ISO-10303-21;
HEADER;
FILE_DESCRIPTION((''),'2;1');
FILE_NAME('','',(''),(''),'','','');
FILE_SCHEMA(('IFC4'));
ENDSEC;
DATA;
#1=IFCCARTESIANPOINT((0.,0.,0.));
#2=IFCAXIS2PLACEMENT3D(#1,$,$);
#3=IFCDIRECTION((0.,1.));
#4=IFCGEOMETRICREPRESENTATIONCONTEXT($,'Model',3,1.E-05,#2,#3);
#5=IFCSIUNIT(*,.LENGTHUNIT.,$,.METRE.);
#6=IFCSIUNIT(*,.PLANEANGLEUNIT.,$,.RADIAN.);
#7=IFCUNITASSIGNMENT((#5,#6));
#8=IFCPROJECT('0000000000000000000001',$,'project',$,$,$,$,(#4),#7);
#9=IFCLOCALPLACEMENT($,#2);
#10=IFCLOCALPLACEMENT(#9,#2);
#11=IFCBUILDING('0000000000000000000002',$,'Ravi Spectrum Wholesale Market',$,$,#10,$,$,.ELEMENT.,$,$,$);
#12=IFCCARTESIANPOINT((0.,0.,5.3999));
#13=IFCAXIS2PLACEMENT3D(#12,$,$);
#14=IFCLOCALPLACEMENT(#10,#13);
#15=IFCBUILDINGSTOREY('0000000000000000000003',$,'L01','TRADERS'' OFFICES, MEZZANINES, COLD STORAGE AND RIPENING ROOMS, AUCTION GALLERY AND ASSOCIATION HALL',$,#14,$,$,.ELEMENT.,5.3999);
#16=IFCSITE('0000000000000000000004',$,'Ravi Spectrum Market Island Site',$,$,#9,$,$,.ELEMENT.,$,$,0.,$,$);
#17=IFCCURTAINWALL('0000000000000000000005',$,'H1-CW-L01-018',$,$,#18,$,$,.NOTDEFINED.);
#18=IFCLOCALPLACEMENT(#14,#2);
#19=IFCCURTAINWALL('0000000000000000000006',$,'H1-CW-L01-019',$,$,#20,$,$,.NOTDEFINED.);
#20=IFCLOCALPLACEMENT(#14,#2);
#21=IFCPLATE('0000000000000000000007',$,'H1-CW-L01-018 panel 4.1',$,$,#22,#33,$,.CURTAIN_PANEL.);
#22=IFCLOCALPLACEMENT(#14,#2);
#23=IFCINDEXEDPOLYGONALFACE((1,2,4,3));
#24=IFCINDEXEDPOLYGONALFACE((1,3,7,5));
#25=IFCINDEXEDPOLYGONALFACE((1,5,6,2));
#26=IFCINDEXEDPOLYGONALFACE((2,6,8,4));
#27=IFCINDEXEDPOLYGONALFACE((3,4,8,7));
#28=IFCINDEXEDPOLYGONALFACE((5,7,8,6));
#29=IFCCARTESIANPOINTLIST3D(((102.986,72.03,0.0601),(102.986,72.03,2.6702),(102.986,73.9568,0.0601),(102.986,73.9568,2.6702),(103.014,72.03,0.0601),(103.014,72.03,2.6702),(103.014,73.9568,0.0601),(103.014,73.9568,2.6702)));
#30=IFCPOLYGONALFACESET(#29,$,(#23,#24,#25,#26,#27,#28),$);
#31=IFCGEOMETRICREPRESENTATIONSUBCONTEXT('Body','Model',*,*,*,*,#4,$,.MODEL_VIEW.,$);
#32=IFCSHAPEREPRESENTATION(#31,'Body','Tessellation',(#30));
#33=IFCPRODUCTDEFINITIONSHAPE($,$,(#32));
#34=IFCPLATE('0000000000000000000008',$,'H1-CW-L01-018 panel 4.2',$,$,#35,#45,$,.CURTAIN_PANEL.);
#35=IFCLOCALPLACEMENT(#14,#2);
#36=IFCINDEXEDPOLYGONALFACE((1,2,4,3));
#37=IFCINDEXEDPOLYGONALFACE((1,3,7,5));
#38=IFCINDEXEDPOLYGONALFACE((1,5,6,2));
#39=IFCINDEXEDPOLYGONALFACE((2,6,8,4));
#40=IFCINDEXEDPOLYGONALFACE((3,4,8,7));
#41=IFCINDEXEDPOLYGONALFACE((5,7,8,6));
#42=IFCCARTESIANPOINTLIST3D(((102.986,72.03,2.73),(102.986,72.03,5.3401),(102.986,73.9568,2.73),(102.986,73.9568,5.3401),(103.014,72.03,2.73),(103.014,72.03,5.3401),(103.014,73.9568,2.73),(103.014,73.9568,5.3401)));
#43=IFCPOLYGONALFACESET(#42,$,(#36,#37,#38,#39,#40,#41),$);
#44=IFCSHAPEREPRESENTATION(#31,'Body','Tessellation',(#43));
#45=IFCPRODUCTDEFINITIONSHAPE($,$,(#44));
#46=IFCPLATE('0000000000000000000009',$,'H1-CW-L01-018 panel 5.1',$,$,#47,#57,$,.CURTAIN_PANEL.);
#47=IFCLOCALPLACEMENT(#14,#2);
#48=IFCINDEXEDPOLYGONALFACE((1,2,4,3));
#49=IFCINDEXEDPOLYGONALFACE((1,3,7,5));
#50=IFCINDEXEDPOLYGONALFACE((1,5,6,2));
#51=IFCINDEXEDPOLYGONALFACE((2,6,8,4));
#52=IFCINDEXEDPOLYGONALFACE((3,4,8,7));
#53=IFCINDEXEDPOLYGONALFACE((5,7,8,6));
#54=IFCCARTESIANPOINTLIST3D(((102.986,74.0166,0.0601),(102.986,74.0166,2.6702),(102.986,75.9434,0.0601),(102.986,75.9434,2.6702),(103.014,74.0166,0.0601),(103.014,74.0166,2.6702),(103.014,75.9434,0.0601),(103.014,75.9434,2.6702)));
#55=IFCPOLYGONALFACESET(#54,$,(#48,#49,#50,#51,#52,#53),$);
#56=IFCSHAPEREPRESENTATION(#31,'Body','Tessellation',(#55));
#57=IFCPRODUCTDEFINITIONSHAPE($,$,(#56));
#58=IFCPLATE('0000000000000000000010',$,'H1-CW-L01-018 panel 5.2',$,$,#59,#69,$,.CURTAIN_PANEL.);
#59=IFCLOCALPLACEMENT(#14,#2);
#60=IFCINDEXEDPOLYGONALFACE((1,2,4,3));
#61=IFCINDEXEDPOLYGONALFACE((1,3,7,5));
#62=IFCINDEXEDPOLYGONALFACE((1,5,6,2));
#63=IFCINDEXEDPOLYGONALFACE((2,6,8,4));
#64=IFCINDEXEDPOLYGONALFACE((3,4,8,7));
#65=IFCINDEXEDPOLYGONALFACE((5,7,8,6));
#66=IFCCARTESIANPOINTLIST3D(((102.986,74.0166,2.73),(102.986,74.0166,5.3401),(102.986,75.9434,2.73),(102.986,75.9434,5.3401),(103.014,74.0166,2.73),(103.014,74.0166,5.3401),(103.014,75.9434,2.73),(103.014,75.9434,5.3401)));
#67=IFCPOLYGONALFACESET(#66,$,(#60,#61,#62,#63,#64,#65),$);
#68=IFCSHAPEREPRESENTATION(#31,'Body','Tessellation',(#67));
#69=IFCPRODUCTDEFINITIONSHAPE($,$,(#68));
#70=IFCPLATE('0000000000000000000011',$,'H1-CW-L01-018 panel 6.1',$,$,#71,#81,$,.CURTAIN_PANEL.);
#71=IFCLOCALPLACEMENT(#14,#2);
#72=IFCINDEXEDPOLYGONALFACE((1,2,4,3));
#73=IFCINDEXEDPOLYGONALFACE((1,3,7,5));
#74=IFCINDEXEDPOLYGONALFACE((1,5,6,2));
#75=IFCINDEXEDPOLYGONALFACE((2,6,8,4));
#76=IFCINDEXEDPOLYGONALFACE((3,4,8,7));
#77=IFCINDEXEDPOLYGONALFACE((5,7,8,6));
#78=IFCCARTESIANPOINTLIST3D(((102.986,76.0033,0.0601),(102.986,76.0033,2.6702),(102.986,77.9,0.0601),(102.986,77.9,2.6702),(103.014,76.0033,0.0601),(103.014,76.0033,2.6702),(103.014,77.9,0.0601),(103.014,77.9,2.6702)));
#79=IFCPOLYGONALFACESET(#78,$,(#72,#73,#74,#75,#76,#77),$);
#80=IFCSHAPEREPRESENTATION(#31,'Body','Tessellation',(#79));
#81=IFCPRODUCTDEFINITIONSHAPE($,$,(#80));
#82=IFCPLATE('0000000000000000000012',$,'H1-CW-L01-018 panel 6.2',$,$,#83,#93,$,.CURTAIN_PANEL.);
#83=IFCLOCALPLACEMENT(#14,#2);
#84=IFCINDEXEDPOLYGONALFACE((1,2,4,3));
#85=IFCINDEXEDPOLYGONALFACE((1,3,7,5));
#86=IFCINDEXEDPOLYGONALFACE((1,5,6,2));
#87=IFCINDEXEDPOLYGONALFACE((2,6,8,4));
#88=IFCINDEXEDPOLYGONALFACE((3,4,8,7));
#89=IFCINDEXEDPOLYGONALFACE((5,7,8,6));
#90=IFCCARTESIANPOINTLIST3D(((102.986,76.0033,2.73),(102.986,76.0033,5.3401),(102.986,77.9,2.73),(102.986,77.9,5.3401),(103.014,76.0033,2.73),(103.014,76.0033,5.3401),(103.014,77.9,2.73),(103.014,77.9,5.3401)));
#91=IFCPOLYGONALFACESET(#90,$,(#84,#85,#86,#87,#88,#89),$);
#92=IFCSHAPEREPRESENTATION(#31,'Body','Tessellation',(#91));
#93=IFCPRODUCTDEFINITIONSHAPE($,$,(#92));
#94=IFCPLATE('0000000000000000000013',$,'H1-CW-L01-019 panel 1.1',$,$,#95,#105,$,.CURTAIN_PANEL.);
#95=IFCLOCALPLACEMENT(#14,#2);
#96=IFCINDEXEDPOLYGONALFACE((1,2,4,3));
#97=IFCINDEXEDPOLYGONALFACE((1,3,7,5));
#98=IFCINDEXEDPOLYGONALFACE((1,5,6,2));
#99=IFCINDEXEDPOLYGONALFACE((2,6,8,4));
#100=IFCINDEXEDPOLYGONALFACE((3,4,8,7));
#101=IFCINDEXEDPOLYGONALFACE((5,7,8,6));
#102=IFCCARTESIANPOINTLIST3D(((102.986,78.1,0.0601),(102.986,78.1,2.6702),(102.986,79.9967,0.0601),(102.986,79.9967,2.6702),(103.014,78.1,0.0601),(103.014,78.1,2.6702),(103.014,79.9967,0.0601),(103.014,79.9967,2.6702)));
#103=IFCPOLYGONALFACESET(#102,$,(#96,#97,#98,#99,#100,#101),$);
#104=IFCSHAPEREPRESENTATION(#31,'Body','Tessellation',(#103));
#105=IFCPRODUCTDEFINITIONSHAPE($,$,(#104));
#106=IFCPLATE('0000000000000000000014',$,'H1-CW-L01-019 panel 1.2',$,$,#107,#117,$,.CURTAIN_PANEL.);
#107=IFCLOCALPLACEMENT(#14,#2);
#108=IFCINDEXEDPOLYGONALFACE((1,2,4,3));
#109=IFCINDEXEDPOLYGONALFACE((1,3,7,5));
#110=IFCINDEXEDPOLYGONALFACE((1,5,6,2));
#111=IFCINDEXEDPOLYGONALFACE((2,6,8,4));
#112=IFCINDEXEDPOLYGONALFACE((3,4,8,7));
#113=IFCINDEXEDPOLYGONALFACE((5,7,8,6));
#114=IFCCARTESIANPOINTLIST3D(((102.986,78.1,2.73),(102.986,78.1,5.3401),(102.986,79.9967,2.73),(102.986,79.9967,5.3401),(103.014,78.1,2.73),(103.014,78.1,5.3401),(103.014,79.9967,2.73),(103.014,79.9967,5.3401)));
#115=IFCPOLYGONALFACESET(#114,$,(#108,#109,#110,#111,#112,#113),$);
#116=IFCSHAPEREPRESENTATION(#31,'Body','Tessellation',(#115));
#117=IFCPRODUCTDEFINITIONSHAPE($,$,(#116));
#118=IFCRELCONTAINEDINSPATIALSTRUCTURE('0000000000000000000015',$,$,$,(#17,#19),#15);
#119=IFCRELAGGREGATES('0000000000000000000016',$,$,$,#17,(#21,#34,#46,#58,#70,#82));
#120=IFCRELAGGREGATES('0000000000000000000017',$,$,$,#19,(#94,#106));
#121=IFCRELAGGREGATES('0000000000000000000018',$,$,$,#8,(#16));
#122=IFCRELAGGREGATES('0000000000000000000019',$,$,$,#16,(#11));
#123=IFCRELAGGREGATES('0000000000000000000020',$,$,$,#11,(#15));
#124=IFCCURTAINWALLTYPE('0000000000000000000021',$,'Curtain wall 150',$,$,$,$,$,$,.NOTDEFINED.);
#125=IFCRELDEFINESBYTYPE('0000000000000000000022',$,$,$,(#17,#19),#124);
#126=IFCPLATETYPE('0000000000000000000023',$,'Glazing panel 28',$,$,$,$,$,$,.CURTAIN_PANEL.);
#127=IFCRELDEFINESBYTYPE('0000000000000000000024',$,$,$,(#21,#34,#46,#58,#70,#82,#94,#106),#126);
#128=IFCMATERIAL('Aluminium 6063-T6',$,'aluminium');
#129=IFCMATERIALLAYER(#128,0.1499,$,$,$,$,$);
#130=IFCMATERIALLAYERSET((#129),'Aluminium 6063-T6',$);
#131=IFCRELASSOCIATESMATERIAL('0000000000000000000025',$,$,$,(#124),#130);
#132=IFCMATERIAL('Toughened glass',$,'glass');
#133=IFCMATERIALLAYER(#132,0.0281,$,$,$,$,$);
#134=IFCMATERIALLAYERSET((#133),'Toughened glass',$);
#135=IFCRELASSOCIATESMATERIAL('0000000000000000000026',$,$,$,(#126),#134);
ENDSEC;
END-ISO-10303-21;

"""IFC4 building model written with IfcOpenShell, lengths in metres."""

from ifc_helpers import new_model, si_unit, direction, frame, origin, origin_2d, place, context, subcontext, project, spatial, rectangle, extrude, material, layer, layer_set, type_object, element, aggregate, save


model = new_model("IFC4")

# Units and contexts
model_context = context("Model", 3, precision=1e-05, world=origin(), true_north=direction((0.0, 1.0)))
body_context = subcontext(model_context, "Body", "Model", "MODEL_VIEW")
ifc_project = project(units=[si_unit("LENGTHUNIT", "METRE"), si_unit("PLANEANGLEUNIT", "RADIAN")], contexts=[model_context])

# Site, building, storey
site_placement = place(None, origin())
site = spatial("IfcSite", under=ifc_project, at=site_placement, Name="Ravi Spectrum Market Island Site", CompositionType="ELEMENT", RefElevation=0.0)
building_placement = place(site_placement, origin())
building = spatial("IfcBuilding", under=site, at=building_placement, Name="Ravi Spectrum Wholesale Market", CompositionType="ELEMENT")
storey_placement = place(building_placement, frame((0.0, 0.0, 5.3999)))
storey = spatial("IfcBuildingStorey", under=building, at=storey_placement, Name="L01", Description="TRADERS' OFFICES, MEZZANINES, COLD STORAGE AND RIPENING ROOMS, AUCTION GALLERY AND ASSOCIATION HALL", CompositionType="ELEMENT", Elevation=5.3999)

# Curtain walls
ifc_material_1 = material(Name="Aluminium 6063-T6", Category="aluminium")
ifc_layer_1 = layer(ifc_material_1, 0.1499)
ifc_layer_set_1 = layer_set([ifc_layer_1], Name="Aluminium 6063-T6")
curtain_wall_type = type_object("IfcCurtainWallType", Name="Curtain wall 150", PredefinedType="NOTDEFINED", material=ifc_layer_set_1)
curtain_wall_1_placement = place(storey_placement, origin())
curtain_wall_1 = element("IfcCurtainWall", 1, at=curtain_wall_1_placement, inside=storey, type_object=curtain_wall_type, Name="H1-CW-L01-018", PredefinedType="NOTDEFINED")
curtain_wall_2_placement = place(storey_placement, origin())
curtain_wall_2 = element("IfcCurtainWall", 2, at=curtain_wall_2_placement, inside=storey, type_object=curtain_wall_type, Name="H1-CW-L01-019", PredefinedType="NOTDEFINED")

# Plates
ifc_material_2 = material(Name="Toughened glass", Category="glass")
ifc_layer_2 = layer(ifc_material_2, 0.0281)
ifc_layer_set_2 = layer_set([ifc_layer_2], Name="Toughened glass")
plate_type = type_object("IfcPlateType", Name="Glazing panel 28", PredefinedType="CURTAIN_PANEL", material=ifc_layer_set_2)
plate_1_placement = place(storey_placement, frame((103.0, 72.9934, 0.0601), z_axis=(0.0, 0.0, 1.0), x_axis=(0.0, 1.0, 0.0)))
plate_1 = element("IfcPlate", 3, at=plate_1_placement, type_object=plate_type, Name="H1-CW-L01-018 panel 4.1", PredefinedType="CURTAIN_PANEL", context=body_context, shape_type="SweptSolid", body=[
    extrude(rectangle(XDim=1.9268, YDim=0.0281, at=origin_2d()), origin(), (0.0, 0.0, 1.0), 2.6101),
])
plate_2_placement = place(storey_placement, frame((103.0, 72.9934, 2.73), z_axis=(0.0, 0.0, 1.0), x_axis=(0.0, 1.0, 0.0)))
plate_2 = element("IfcPlate", 4, at=plate_2_placement, type_object=plate_type, Name="H1-CW-L01-018 panel 4.2", PredefinedType="CURTAIN_PANEL", context=body_context, shape_type="SweptSolid", body=[
    extrude(rectangle(XDim=1.9268, YDim=0.0281, at=origin_2d()), origin(), (0.0, 0.0, 1.0), 2.6101),
])
plate_3_placement = place(storey_placement, frame((103.0, 74.98, 0.0601), z_axis=(0.0, 0.0, 1.0), x_axis=(0.0, 1.0, 0.0)))
plate_3 = element("IfcPlate", 5, at=plate_3_placement, type_object=plate_type, Name="H1-CW-L01-018 panel 5.1", PredefinedType="CURTAIN_PANEL", context=body_context, shape_type="SweptSolid", body=[
    extrude(rectangle(XDim=1.9268, YDim=0.0281, at=origin_2d()), origin(), (0.0, 0.0, 1.0), 2.6101),
])
plate_4_placement = place(storey_placement, frame((103.0, 74.98, 2.73), z_axis=(0.0, 0.0, 1.0), x_axis=(0.0, 1.0, 0.0)))
plate_4 = element("IfcPlate", 6, at=plate_4_placement, type_object=plate_type, Name="H1-CW-L01-018 panel 5.2", PredefinedType="CURTAIN_PANEL", context=body_context, shape_type="SweptSolid", body=[
    extrude(rectangle(XDim=1.9268, YDim=0.0281, at=origin_2d()), origin(), (0.0, 0.0, 1.0), 2.6101),
])
plate_5_placement = place(storey_placement, frame((103.0, 76.9517, 0.0601), z_axis=(0.0, 0.0, 1.0), x_axis=(0.0, 1.0, 0.0)))
plate_5 = element("IfcPlate", 7, at=plate_5_placement, type_object=plate_type, Name="H1-CW-L01-018 panel 6.1", PredefinedType="CURTAIN_PANEL", context=body_context, shape_type="SweptSolid", body=[
    extrude(rectangle(XDim=1.8967, YDim=0.0281, at=origin_2d()), origin(), (0.0, 0.0, 1.0), 2.6101),
])
plate_6_placement = place(storey_placement, frame((103.0, 76.9517, 2.73), z_axis=(0.0, 0.0, 1.0), x_axis=(0.0, 1.0, 0.0)))
plate_6 = element("IfcPlate", 8, at=plate_6_placement, type_object=plate_type, Name="H1-CW-L01-018 panel 6.2", PredefinedType="CURTAIN_PANEL", context=body_context, shape_type="SweptSolid", body=[
    extrude(rectangle(XDim=1.8967, YDim=0.0281, at=origin_2d()), origin(), (0.0, 0.0, 1.0), 2.6101),
])
aggregate(curtain_wall_1, [plate_1, plate_2, plate_3, plate_4, plate_5, plate_6])
plate_7_placement = place(storey_placement, frame((103.0, 79.0483, 0.0601), z_axis=(0.0, 0.0, 1.0), x_axis=(0.0, 1.0, 0.0)))
plate_7 = element("IfcPlate", 9, at=plate_7_placement, type_object=plate_type, Name="H1-CW-L01-019 panel 1.1", PredefinedType="CURTAIN_PANEL", context=body_context, shape_type="SweptSolid", body=[
    extrude(rectangle(XDim=1.8967, YDim=0.0281, at=origin_2d()), origin(), (0.0, 0.0, 1.0), 2.6101),
])
plate_8_placement = place(storey_placement, frame((103.0, 79.0483, 2.73), z_axis=(0.0, 0.0, 1.0), x_axis=(0.0, 1.0, 0.0)))
plate_8 = element("IfcPlate", 10, at=plate_8_placement, type_object=plate_type, Name="H1-CW-L01-019 panel 1.2", PredefinedType="CURTAIN_PANEL", context=body_context, shape_type="SweptSolid", body=[
    extrude(rectangle(XDim=1.8967, YDim=0.0281, at=origin_2d()), origin(), (0.0, 0.0, 1.0), 2.6101),
])
aggregate(curtain_wall_2, [plate_7, plate_8])

save(model, "model.ifc")
